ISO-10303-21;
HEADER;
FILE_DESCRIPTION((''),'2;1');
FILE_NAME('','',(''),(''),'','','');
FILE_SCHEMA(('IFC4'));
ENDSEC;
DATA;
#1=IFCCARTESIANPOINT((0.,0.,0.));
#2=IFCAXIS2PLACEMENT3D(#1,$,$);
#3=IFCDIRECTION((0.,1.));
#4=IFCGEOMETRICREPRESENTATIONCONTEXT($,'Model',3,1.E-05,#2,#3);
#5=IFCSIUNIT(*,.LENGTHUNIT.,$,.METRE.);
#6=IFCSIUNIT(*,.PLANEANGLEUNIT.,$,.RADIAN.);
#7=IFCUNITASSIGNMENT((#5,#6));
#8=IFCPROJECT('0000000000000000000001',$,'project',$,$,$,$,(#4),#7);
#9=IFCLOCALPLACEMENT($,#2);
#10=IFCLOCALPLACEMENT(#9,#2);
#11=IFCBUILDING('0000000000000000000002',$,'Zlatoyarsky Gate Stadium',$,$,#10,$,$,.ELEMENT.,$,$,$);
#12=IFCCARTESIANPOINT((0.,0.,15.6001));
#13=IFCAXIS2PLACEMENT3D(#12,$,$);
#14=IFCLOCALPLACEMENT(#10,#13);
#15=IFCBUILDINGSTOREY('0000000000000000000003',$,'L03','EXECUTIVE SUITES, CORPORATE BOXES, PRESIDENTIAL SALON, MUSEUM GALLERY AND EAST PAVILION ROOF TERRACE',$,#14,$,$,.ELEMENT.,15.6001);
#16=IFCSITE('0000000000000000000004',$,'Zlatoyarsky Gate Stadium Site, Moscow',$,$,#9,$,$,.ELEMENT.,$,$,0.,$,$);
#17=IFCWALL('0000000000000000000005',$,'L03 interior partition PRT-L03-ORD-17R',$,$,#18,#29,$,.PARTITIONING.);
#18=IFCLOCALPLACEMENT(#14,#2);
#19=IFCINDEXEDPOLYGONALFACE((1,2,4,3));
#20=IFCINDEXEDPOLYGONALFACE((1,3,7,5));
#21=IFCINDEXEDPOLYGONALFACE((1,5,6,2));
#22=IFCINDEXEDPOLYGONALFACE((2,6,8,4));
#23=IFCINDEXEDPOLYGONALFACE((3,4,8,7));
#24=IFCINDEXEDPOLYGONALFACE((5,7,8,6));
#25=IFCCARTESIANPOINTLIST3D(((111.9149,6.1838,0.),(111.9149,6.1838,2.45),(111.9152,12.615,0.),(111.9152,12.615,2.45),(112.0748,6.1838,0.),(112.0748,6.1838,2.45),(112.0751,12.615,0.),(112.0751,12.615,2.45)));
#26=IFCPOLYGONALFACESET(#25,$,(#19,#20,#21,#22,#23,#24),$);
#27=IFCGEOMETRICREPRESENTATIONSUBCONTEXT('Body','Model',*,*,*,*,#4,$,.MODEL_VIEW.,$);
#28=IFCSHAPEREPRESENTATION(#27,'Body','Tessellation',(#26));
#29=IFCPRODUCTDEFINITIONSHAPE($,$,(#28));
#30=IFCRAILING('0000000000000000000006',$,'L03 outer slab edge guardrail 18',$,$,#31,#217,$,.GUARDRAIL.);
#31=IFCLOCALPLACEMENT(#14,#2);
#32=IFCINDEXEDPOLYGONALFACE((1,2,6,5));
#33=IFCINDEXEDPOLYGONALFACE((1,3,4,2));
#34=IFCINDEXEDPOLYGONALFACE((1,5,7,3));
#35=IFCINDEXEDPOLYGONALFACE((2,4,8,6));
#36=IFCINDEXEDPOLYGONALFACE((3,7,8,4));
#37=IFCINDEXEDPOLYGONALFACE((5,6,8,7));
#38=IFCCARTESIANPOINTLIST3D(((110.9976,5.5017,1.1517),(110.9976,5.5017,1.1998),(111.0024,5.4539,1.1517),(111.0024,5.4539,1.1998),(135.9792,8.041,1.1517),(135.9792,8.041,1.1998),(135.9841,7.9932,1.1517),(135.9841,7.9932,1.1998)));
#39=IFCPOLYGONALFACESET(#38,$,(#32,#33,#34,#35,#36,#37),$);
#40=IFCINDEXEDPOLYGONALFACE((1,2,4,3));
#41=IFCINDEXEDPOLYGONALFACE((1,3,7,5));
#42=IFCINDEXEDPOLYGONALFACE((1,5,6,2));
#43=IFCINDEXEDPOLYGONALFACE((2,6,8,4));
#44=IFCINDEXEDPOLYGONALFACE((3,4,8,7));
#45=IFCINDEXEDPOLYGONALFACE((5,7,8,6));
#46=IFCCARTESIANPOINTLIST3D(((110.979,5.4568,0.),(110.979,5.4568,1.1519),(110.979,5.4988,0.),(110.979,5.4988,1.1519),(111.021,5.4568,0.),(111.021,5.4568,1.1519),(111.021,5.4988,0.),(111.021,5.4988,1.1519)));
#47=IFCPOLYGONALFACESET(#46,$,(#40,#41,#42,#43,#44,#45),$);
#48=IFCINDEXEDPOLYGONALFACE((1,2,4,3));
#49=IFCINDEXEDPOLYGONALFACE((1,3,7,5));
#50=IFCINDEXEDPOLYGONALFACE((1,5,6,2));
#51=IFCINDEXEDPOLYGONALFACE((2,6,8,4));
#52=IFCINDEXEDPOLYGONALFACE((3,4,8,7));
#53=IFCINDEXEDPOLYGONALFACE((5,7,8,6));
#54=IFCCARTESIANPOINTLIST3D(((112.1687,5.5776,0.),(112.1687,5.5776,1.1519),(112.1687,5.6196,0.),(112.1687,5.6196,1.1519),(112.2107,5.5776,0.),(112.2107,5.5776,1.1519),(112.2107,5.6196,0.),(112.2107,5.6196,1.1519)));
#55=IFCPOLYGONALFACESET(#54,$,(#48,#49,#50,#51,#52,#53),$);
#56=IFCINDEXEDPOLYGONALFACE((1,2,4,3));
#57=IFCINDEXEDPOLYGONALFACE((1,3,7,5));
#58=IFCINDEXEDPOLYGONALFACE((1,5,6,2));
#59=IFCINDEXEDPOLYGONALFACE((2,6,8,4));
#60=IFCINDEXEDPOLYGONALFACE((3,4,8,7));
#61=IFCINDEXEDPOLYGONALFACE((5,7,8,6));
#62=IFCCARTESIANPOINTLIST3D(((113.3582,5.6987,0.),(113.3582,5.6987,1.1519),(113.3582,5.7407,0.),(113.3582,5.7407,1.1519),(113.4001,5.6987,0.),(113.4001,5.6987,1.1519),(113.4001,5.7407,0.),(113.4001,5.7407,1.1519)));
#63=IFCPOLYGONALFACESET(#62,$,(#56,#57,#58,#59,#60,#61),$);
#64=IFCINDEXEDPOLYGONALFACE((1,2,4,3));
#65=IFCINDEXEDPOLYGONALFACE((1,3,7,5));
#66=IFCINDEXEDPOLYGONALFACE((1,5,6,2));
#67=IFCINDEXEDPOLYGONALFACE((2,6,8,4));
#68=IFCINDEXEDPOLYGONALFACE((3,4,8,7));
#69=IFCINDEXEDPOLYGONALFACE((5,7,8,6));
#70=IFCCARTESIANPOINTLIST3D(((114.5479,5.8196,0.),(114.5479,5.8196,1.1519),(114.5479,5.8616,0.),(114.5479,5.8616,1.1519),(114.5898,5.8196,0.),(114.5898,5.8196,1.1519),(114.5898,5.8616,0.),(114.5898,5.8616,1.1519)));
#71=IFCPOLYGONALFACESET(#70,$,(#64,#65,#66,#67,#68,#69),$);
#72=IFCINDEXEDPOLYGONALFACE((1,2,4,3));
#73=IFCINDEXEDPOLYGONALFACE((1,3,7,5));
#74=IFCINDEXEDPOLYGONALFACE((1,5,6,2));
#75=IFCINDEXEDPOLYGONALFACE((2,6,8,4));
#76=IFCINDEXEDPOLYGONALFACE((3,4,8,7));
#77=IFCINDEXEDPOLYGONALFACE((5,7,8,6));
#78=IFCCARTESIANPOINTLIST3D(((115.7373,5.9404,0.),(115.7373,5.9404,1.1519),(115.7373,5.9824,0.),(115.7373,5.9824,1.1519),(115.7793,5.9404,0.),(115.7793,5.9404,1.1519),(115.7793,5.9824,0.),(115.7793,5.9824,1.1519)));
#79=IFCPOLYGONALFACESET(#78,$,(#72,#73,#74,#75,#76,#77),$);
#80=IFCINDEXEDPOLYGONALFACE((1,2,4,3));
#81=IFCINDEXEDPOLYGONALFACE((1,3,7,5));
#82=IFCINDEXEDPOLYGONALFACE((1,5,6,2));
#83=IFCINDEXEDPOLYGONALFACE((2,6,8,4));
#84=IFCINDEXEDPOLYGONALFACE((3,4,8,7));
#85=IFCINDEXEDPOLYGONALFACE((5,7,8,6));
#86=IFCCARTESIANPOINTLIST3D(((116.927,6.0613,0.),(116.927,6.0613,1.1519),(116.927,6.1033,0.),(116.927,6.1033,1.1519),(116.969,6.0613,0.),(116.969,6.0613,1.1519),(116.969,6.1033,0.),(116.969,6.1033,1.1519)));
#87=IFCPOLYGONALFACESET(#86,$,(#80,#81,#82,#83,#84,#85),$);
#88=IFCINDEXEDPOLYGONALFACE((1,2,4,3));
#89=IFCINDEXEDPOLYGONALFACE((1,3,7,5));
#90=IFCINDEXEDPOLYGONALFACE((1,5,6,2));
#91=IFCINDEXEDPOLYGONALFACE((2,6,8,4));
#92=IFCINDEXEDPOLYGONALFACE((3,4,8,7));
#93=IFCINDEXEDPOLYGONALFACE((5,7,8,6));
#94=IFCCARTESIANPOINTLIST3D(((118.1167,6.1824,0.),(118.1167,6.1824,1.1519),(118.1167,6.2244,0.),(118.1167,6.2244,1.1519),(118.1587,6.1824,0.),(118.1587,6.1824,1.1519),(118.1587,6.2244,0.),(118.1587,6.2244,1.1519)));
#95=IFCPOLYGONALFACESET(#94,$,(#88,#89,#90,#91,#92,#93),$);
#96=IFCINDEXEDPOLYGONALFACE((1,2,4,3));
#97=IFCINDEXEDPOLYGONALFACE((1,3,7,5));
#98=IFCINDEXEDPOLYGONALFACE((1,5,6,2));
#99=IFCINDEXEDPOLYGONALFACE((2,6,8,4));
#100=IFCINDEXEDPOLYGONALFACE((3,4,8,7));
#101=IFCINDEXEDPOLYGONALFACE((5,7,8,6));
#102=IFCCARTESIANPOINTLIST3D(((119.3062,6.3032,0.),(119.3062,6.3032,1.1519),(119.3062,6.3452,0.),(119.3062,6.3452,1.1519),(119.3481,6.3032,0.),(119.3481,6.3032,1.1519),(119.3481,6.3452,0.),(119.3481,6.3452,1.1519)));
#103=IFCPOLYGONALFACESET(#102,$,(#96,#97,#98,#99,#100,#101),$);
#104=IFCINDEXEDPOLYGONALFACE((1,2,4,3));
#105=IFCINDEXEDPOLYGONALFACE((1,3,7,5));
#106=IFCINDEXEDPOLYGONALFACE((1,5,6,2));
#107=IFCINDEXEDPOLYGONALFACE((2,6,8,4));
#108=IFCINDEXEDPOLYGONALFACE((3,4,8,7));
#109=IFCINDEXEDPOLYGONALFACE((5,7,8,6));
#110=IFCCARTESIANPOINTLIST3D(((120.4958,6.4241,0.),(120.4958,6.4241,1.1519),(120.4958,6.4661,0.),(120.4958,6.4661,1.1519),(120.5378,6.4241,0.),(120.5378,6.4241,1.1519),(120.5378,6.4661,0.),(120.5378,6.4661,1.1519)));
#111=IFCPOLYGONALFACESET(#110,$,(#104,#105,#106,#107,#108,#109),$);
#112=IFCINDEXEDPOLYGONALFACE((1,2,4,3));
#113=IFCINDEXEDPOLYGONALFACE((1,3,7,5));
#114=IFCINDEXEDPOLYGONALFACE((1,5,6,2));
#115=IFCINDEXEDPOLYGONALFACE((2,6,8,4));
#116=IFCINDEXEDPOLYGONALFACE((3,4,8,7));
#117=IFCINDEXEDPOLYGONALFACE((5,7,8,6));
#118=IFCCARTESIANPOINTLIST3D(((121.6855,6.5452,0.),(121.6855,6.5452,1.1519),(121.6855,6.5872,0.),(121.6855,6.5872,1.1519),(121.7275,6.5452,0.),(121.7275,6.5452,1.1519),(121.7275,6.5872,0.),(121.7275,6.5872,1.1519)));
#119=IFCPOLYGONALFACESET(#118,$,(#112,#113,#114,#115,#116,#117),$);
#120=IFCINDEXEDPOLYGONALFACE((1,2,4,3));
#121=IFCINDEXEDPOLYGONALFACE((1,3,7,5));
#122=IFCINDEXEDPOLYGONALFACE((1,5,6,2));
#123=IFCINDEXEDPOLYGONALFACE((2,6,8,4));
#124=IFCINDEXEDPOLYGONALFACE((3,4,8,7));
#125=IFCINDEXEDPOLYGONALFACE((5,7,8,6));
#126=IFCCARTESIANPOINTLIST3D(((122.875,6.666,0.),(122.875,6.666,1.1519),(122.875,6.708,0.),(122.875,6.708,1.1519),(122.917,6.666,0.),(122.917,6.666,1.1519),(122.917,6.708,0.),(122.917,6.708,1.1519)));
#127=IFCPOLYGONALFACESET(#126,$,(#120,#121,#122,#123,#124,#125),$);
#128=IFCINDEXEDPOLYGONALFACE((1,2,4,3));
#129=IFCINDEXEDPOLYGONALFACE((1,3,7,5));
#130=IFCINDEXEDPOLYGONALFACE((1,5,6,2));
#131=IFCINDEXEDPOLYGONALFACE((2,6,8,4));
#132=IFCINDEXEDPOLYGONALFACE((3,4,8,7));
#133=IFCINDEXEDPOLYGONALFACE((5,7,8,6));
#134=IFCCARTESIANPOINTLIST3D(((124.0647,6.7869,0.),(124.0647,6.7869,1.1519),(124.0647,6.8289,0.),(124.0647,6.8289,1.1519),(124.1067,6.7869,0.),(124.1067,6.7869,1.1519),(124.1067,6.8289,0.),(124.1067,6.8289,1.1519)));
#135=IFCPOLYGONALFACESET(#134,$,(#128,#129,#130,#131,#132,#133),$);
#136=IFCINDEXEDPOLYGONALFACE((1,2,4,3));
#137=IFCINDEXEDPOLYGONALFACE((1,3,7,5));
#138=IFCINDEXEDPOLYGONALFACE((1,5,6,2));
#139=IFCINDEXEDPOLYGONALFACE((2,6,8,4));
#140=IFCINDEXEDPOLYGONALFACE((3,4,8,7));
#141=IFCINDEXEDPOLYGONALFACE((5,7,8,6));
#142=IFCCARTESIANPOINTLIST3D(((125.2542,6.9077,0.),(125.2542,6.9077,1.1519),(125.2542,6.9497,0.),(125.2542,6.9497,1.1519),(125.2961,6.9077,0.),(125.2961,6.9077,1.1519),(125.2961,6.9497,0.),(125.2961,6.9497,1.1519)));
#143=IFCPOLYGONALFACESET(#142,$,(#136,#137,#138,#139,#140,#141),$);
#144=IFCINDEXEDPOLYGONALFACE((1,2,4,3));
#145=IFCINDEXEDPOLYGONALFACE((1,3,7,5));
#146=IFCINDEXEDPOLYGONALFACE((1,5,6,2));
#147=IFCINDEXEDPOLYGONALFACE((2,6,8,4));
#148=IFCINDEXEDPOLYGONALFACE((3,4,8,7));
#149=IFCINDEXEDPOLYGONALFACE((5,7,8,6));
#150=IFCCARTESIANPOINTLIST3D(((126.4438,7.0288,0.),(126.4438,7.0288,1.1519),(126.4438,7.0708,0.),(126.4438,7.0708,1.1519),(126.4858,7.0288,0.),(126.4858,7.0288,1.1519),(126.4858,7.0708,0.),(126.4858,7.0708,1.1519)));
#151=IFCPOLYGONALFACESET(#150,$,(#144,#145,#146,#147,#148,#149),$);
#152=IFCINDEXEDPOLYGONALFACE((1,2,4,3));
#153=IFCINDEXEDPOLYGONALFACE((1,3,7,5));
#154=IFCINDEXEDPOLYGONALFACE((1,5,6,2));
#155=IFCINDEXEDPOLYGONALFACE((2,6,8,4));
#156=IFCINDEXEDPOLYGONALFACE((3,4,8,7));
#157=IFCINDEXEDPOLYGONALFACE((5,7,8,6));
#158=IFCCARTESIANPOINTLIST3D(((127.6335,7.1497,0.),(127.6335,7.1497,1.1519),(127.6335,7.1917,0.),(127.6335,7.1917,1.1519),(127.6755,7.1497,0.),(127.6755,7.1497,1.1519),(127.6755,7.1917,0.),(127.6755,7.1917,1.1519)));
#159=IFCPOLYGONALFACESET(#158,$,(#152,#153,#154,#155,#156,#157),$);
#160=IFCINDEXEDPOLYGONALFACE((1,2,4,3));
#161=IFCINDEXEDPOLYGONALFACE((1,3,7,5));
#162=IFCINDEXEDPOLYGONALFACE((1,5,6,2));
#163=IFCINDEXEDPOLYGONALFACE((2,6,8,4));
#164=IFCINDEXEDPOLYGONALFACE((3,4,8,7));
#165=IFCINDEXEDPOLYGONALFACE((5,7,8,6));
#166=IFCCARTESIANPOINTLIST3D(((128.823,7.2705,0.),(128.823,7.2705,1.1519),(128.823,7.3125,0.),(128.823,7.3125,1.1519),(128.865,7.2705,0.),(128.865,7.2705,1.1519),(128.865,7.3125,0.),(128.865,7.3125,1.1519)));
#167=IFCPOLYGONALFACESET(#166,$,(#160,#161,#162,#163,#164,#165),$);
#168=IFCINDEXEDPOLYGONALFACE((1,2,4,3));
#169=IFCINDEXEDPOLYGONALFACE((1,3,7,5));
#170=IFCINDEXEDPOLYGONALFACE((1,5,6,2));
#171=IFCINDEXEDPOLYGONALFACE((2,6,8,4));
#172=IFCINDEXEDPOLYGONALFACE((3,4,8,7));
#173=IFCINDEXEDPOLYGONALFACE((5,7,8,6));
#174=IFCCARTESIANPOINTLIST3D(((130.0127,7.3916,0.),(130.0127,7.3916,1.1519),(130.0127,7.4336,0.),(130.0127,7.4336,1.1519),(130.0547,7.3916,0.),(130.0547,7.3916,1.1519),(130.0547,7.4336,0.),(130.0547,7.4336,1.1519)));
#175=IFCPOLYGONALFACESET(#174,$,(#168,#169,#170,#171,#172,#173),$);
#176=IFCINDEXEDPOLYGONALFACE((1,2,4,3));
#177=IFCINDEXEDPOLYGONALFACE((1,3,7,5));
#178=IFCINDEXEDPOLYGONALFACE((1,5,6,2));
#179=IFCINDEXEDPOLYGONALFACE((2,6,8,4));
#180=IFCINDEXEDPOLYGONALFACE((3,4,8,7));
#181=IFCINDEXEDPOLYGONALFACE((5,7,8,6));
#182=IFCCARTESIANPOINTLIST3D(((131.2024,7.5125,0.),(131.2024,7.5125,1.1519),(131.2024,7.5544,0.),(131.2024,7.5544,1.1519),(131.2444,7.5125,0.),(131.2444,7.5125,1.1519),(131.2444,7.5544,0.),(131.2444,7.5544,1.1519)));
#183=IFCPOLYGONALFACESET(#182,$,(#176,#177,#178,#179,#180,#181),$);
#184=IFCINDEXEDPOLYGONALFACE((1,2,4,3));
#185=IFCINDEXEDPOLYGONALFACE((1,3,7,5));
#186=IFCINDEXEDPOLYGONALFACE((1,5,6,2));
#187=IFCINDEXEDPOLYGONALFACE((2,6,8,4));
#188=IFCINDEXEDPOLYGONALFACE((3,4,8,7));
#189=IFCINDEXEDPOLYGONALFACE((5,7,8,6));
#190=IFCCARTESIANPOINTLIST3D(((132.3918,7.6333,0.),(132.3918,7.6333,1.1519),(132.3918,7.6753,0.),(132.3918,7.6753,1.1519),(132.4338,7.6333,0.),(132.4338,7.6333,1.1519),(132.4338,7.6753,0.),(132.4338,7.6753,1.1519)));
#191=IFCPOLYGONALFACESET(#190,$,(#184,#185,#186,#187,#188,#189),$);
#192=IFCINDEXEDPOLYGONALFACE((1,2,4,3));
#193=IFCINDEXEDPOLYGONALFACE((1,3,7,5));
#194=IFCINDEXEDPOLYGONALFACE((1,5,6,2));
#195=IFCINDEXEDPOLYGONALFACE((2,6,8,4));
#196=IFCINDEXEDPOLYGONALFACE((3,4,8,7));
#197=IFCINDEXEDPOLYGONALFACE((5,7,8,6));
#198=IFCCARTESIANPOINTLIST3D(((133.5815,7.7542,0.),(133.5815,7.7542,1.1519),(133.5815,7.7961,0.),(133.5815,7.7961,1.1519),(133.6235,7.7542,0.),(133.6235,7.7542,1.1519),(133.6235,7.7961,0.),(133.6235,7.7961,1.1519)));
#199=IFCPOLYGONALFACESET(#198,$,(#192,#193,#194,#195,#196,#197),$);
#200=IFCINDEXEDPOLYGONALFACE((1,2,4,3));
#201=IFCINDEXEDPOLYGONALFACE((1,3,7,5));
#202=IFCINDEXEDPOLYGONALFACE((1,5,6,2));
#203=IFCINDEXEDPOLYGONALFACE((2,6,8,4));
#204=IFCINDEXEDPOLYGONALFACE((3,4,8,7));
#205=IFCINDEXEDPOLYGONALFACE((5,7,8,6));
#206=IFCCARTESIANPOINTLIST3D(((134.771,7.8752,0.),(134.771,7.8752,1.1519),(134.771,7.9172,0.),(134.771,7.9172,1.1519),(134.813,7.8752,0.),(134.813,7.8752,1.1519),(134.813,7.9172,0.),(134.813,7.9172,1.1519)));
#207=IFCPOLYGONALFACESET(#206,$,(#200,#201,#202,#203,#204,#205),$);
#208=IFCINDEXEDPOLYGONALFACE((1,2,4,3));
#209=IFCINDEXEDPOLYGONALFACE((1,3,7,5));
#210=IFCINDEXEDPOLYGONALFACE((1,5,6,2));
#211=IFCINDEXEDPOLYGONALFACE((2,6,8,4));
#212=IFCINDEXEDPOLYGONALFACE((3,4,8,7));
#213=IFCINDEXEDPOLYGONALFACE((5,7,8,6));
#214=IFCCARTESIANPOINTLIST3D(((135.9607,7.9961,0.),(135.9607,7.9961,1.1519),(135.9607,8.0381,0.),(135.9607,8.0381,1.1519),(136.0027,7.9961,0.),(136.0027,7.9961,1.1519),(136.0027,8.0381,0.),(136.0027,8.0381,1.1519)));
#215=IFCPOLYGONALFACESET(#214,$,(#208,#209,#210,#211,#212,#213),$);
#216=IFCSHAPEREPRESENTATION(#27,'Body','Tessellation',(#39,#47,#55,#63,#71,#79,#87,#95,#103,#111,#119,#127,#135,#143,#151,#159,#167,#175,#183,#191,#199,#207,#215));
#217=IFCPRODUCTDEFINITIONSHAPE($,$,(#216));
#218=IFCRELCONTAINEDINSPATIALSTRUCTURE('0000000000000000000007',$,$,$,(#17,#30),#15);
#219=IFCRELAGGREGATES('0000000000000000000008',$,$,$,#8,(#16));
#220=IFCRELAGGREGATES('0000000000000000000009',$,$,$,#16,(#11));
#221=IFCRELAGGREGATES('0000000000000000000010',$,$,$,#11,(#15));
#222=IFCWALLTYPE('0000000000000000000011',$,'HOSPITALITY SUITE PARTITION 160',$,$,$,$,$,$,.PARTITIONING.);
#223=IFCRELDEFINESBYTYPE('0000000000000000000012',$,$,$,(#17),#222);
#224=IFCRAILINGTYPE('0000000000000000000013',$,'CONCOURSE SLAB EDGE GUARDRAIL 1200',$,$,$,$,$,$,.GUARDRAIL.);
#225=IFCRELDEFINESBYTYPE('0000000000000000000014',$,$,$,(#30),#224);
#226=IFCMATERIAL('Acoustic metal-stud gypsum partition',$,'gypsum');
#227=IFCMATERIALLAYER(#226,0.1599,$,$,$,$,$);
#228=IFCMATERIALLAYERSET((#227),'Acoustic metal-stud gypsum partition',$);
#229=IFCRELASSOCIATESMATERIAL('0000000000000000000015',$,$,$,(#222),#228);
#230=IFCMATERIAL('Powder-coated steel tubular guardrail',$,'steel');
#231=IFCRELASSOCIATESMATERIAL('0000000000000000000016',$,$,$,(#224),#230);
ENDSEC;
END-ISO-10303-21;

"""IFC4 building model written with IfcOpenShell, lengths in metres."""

from ifc_helpers import new_model, si_unit, direction, frame, frame_2d, origin, origin_2d, place, context, subcontext, project, spatial, rectangle, extrude, material, layer, layer_set, type_object, element, save


model = new_model("IFC4")

# Units and contexts
model_context = context("Model", 3, precision=1e-05, world=origin(), true_north=direction((0.0, 1.0)))
body_context = subcontext(model_context, "Body", "Model", "MODEL_VIEW")
ifc_project = project(units=[si_unit("LENGTHUNIT", "METRE"), si_unit("PLANEANGLEUNIT", "RADIAN")], contexts=[model_context])

# Site, building, storey
site_placement = place(None, origin())
site = spatial("IfcSite", under=ifc_project, at=site_placement, Name="Zlatoyarsky Gate Stadium Site, Moscow", CompositionType="ELEMENT", RefElevation=0.0)
building_placement = place(site_placement, origin())
building = spatial("IfcBuilding", under=site, at=building_placement, Name="Zlatoyarsky Gate Stadium", CompositionType="ELEMENT")
storey_placement = place(building_placement, frame((0.0, 0.0, 15.6001)))
storey = spatial("IfcBuildingStorey", under=building, at=storey_placement, Name="L03", Description="EXECUTIVE SUITES, CORPORATE BOXES, PRESIDENTIAL SALON, MUSEUM GALLERY AND EAST PAVILION ROOF TERRACE", CompositionType="ELEMENT", Elevation=15.6001)

# Wall
ifc_material_1 = material(Name="Acoustic metal-stud gypsum partition", Category="gypsum")
ifc_layer_1 = layer(ifc_material_1, 0.1599)
ifc_layer_set_1 = layer_set([ifc_layer_1], Name="Acoustic metal-stud gypsum partition")
wall_type = type_object("IfcWallType", Name="HOSPITALITY SUITE PARTITION 160", PredefinedType="PARTITIONING", material=ifc_layer_set_1)
wall_placement = place(storey_placement, frame((111.9951, 12.615, 0.0), z_axis=(0.0, 0.0, 1.0), x_axis=(-0.000038, -1.0, 0.0)))
element("IfcWall", 1, at=wall_placement, inside=storey, type_object=wall_type, Name="L03 interior partition PRT-L03-ORD-17R", PredefinedType="PARTITIONING", context=body_context, shape_type="SweptSolid", body=[
    extrude(rectangle(XDim=6.4312, YDim=0.1599, at=frame_2d((3.2156, 0.0))), origin(), (0.0, 0.0, 1.0), 2.45),
])

# Railing
ifc_material_2 = material(Name="Powder-coated steel tubular guardrail", Category="steel")
railing_type = type_object("IfcRailingType", Name="CONCOURSE SLAB EDGE GUARDRAIL 1200", PredefinedType="GUARDRAIL", material=ifc_material_2)
railing_placement = place(storey_placement, frame((111.0, 5.4778, 0.0)))
element("IfcRailing", 2, at=railing_placement, inside=storey, type_object=railing_type, Name="L03 outer slab edge guardrail 18", PredefinedType="GUARDRAIL", context=body_context, shape_type="SweptSolid", body=[
    extrude(rectangle(XDim=0.0481, YDim=0.0481, at=origin_2d()), frame((0.0, 0.0, 1.1758), z_axis=(0.994874, 0.101126, 0.0), x_axis=(-0.101126, 0.994874, 0.0)), (0.0, 0.0, 1.0), 25.1104),
    extrude(rectangle(XDim=0.042, YDim=0.042, at=origin_2d()), origin(), (0.0, 0.0, 1.0), 1.1519),
    extrude(rectangle(XDim=0.042, YDim=0.042, at=origin_2d()), frame((1.1897, 0.1208, 0.0)), (0.0, 0.0, 1.0), 1.1519),
    extrude(rectangle(XDim=0.042, YDim=0.042, at=origin_2d()), frame((2.3792, 0.2419, 0.0)), (0.0, 0.0, 1.0), 1.1519),
    extrude(rectangle(XDim=0.042, YDim=0.042, at=origin_2d()), frame((3.5688, 0.3628, 0.0)), (0.0, 0.0, 1.0), 1.1519),
    extrude(rectangle(XDim=0.042, YDim=0.042, at=origin_2d()), frame((4.7583, 0.4836, 0.0)), (0.0, 0.0, 1.0), 1.1519),
    extrude(rectangle(XDim=0.042, YDim=0.042, at=origin_2d()), frame((5.948, 0.6045, 0.0)), (0.0, 0.0, 1.0), 1.1519),
    extrude(rectangle(XDim=0.042, YDim=0.042, at=origin_2d()), frame((7.1377, 0.7256, 0.0)), (0.0, 0.0, 1.0), 1.1519),
    extrude(rectangle(XDim=0.042, YDim=0.042, at=origin_2d()), frame((8.3271, 0.8464, 0.0)), (0.0, 0.0, 1.0), 1.1519),
    extrude(rectangle(XDim=0.042, YDim=0.042, at=origin_2d()), frame((9.5168, 0.9673, 0.0)), (0.0, 0.0, 1.0), 1.1519),
    extrude(rectangle(XDim=0.042, YDim=0.042, at=origin_2d()), frame((10.7065, 1.0884, 0.0)), (0.0, 0.0, 1.0), 1.1519),
    extrude(rectangle(XDim=0.042, YDim=0.042, at=origin_2d()), frame((11.896, 1.2092, 0.0)), (0.0, 0.0, 1.0), 1.1519),
    extrude(rectangle(XDim=0.042, YDim=0.042, at=origin_2d()), frame((13.0857, 1.3301, 0.0)), (0.0, 0.0, 1.0), 1.1519),
    extrude(rectangle(XDim=0.042, YDim=0.042, at=origin_2d()), frame((14.2751, 1.4509, 0.0)), (0.0, 0.0, 1.0), 1.1519),
    extrude(rectangle(XDim=0.042, YDim=0.042, at=origin_2d()), frame((15.4648, 1.572, 0.0)), (0.0, 0.0, 1.0), 1.1519),
    extrude(rectangle(XDim=0.042, YDim=0.042, at=origin_2d()), frame((16.6545, 1.6929, 0.0)), (0.0, 0.0, 1.0), 1.1519),
    extrude(rectangle(XDim=0.042, YDim=0.042, at=origin_2d()), frame((17.844, 1.8137, 0.0)), (0.0, 0.0, 1.0), 1.1519),
    extrude(rectangle(XDim=0.042, YDim=0.042, at=origin_2d()), frame((19.0337, 1.9348, 0.0)), (0.0, 0.0, 1.0), 1.1519),
    extrude(rectangle(XDim=0.042, YDim=0.042, at=origin_2d()), frame((20.2234, 2.0557, 0.0)), (0.0, 0.0, 1.0), 1.1519),
    extrude(rectangle(XDim=0.042, YDim=0.042, at=origin_2d()), frame((21.4128, 2.1765, 0.0)), (0.0, 0.0, 1.0), 1.1519),
    extrude(rectangle(XDim=0.042, YDim=0.042, at=origin_2d()), frame((22.6025, 2.2974, 0.0)), (0.0, 0.0, 1.0), 1.1519),
    extrude(rectangle(XDim=0.042, YDim=0.042, at=origin_2d()), frame((23.792, 2.4185, 0.0)), (0.0, 0.0, 1.0), 1.1519),
    extrude(rectangle(XDim=0.042, YDim=0.042, at=origin_2d()), frame((24.9817, 2.5393, 0.0)), (0.0, 0.0, 1.0), 1.1519),
])

save(model, "model.ifc")
